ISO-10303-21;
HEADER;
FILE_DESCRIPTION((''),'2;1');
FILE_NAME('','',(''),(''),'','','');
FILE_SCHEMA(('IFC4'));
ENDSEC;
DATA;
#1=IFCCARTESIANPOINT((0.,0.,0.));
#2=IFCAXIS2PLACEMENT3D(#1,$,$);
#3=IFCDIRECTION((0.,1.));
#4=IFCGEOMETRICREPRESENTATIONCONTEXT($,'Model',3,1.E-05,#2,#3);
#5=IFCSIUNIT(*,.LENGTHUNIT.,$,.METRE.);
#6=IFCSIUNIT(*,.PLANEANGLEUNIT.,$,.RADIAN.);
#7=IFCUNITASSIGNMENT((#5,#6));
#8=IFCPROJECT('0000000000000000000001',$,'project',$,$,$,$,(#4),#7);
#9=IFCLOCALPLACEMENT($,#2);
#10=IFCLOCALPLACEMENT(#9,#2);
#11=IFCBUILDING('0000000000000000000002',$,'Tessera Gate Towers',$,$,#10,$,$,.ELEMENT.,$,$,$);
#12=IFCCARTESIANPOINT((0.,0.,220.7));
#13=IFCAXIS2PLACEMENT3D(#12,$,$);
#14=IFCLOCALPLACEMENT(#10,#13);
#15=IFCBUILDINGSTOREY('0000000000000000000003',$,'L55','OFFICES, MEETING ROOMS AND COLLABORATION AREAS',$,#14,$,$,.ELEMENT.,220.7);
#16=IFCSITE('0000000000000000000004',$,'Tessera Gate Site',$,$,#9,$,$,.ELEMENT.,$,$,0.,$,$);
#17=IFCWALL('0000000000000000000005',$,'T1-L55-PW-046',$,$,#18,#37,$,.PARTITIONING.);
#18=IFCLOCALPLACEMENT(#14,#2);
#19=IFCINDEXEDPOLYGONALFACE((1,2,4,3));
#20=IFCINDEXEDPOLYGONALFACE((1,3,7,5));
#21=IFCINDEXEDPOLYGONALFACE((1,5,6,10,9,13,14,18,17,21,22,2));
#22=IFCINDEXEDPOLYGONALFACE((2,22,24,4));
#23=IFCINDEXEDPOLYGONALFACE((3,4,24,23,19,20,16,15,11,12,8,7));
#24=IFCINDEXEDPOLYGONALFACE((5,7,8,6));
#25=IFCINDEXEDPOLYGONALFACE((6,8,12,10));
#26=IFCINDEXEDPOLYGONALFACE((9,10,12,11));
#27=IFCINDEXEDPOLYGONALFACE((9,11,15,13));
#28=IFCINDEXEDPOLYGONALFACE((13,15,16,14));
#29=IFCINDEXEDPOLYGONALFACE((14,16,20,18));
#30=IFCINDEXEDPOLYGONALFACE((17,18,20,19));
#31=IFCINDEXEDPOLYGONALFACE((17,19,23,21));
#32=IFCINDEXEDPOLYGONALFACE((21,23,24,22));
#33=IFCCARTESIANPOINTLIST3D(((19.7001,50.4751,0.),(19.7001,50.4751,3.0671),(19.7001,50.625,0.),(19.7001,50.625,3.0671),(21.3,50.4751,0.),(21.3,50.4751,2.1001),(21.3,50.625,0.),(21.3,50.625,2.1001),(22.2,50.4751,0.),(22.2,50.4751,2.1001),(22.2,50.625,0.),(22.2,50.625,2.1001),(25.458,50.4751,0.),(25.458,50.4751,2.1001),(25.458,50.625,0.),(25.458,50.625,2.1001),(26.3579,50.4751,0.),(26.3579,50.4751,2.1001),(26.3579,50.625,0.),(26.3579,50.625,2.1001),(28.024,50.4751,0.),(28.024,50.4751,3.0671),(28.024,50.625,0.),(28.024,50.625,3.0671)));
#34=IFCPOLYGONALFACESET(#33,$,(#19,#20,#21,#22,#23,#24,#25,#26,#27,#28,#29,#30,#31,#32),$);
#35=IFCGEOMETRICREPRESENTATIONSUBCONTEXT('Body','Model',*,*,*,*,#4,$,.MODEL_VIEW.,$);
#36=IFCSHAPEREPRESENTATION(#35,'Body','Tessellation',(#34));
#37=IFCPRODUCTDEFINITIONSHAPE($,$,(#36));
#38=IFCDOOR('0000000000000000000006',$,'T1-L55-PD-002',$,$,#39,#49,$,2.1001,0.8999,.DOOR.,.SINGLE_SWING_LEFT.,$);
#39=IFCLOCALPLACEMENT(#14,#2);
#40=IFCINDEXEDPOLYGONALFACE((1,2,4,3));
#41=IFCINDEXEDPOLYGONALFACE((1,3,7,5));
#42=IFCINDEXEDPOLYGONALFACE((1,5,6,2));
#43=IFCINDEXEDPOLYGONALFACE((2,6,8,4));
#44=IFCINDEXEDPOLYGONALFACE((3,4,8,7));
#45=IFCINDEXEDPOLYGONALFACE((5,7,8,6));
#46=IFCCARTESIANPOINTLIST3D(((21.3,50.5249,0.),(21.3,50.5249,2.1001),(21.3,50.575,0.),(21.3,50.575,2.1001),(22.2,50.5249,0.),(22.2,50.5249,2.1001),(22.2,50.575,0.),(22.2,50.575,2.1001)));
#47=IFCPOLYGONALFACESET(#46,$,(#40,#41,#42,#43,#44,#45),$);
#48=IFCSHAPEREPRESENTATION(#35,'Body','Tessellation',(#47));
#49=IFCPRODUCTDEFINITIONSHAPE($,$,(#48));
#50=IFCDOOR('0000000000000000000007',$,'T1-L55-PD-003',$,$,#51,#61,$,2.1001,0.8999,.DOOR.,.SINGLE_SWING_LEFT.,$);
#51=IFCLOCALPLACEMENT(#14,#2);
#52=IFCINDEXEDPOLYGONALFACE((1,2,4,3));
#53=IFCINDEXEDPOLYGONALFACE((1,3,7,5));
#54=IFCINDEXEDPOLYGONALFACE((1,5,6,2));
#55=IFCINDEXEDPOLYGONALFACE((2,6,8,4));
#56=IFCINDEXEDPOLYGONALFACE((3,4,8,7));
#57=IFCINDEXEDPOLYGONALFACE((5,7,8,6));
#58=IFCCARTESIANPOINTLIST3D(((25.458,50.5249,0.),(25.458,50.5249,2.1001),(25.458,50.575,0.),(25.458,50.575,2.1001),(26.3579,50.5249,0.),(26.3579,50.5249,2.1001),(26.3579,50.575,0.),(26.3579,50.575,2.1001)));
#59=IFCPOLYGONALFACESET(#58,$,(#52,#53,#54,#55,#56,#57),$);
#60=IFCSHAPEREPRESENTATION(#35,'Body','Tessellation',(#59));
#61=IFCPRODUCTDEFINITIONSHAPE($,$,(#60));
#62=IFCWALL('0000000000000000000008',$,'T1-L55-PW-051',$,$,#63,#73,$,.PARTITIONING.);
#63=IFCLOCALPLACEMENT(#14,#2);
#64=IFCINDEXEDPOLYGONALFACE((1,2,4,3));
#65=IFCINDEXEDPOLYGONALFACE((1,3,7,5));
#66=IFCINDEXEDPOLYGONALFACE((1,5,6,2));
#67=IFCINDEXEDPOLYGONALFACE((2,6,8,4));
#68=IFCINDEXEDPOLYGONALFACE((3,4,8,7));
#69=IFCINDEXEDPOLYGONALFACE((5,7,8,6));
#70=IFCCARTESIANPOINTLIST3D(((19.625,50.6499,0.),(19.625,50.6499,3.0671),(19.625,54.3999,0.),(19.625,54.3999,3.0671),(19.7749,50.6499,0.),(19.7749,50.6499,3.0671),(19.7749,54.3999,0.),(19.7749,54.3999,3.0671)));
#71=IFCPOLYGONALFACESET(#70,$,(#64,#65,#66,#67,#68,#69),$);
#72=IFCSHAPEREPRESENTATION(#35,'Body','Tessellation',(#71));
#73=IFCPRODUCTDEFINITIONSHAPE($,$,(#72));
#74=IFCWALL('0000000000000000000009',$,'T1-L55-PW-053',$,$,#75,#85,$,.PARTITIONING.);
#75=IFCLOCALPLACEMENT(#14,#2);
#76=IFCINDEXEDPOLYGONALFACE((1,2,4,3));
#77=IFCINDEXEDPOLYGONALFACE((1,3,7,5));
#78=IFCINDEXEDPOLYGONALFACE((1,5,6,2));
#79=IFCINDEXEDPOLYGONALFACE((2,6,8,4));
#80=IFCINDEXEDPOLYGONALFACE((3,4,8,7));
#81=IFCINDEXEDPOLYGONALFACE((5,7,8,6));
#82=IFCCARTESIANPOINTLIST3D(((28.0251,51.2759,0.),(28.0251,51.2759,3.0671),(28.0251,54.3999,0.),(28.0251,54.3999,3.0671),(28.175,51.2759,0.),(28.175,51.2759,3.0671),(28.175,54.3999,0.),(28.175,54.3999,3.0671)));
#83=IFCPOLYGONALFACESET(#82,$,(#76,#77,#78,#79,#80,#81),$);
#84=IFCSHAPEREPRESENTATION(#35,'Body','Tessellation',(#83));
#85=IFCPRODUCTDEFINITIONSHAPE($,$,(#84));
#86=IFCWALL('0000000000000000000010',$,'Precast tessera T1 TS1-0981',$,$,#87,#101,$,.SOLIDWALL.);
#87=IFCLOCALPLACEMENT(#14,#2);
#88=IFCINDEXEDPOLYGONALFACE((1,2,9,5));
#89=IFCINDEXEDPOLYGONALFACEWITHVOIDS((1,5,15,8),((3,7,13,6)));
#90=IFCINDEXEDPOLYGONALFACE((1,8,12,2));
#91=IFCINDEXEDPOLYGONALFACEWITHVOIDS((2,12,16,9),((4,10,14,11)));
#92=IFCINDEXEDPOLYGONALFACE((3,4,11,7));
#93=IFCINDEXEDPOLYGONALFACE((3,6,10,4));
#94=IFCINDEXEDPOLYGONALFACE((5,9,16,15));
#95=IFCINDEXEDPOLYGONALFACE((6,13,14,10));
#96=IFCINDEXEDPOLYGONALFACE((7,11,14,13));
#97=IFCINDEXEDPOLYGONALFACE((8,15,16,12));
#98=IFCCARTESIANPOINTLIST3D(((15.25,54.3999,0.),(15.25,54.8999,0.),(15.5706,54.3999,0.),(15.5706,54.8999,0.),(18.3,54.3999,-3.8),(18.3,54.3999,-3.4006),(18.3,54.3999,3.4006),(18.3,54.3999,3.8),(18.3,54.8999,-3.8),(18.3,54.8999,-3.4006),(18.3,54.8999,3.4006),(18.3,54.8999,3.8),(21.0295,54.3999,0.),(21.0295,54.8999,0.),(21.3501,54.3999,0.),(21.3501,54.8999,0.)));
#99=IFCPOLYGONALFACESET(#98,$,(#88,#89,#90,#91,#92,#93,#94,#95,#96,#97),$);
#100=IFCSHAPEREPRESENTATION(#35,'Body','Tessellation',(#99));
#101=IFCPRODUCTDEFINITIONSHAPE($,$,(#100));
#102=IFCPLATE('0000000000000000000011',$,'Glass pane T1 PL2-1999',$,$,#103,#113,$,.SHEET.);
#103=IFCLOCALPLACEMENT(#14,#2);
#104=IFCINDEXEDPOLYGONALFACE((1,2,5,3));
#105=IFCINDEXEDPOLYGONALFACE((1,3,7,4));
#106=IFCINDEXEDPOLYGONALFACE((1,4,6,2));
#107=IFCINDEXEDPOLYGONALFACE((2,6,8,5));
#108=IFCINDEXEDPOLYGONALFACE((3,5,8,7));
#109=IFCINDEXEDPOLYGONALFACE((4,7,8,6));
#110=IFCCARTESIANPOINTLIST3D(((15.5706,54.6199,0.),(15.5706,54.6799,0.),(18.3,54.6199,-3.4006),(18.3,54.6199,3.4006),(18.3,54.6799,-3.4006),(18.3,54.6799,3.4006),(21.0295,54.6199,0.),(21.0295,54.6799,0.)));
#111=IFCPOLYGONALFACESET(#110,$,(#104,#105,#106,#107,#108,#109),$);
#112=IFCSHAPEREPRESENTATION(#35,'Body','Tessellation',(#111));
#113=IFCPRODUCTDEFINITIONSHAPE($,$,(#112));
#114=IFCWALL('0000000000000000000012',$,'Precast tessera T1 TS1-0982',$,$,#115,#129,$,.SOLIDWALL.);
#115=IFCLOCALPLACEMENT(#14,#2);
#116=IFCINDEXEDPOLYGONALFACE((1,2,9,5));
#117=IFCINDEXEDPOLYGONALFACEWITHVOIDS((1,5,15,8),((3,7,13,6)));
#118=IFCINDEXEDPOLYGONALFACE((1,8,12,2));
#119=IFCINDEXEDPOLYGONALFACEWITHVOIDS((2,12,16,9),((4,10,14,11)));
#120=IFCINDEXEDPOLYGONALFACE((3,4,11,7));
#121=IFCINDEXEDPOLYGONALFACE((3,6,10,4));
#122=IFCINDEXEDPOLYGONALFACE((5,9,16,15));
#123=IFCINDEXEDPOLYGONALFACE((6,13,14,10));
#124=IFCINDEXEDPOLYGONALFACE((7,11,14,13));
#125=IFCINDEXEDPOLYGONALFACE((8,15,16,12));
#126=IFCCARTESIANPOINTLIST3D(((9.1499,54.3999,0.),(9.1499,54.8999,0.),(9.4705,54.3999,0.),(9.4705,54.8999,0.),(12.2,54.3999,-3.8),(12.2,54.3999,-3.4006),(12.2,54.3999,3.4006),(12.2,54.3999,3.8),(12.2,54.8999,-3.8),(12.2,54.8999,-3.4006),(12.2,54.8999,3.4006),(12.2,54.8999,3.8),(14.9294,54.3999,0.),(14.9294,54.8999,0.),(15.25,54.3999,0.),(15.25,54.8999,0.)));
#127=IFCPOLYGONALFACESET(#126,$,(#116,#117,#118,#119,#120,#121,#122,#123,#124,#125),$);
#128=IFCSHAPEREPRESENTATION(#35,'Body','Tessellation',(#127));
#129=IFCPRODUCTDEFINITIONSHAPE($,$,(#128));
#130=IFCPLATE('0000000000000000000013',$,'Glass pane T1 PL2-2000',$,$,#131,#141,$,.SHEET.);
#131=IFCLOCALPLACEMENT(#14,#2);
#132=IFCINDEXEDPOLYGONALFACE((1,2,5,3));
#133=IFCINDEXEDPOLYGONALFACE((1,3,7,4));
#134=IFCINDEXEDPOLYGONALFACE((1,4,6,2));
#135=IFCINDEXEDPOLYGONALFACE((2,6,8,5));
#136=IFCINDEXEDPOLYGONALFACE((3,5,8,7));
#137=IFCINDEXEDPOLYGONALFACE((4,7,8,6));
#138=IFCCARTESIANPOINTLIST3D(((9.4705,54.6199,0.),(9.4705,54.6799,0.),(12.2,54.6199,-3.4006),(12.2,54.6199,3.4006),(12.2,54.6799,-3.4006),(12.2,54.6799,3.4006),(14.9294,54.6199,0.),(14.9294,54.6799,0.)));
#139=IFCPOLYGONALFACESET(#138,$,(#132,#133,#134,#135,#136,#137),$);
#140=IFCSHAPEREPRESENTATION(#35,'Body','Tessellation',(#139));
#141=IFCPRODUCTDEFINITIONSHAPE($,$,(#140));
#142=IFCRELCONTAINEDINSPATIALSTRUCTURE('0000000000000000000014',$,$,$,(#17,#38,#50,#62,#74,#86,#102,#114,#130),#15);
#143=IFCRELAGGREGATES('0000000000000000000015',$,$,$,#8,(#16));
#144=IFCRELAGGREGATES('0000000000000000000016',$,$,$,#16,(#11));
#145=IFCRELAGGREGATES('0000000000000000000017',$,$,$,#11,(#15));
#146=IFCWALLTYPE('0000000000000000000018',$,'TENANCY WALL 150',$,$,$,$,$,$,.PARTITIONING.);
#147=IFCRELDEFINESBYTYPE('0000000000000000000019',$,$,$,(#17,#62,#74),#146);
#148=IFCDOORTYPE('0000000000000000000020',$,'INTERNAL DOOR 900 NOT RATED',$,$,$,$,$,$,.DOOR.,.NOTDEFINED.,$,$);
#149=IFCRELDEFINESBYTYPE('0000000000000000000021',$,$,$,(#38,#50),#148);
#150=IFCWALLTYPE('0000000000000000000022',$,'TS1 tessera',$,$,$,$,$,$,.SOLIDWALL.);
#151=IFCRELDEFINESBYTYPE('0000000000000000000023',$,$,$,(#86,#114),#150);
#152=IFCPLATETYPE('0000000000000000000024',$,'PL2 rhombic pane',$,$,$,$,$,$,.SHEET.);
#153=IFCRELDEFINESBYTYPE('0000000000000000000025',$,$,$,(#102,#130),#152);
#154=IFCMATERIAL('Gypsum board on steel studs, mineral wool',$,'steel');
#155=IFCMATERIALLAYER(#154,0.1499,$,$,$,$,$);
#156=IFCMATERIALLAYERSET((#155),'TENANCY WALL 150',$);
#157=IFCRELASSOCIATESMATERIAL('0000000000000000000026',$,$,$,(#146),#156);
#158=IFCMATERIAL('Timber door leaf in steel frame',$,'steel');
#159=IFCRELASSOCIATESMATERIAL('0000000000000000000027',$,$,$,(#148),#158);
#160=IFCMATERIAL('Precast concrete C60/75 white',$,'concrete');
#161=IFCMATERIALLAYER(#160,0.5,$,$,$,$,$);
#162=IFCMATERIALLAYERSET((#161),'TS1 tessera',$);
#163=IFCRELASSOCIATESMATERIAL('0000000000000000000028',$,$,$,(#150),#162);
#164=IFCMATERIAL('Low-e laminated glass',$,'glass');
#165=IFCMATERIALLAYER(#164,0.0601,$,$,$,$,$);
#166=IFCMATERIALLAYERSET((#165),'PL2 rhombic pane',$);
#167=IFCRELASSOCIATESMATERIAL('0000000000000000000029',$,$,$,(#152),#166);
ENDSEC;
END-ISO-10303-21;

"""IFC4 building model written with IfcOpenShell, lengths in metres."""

from ifc_helpers import new_model, si_unit, direction, frame, frame_2d, origin, place, context, subcontext, project, spatial, polyline, rectangle, outline, extrude, source, transform, mapped, material, layer, layer_set, type_object, element, fill, save


model = new_model("IFC4")

# Units and contexts
model_context = context("Model", 3, precision=1e-05, world=origin(), true_north=direction((0.0, 1.0)))
body_context = subcontext(model_context, "Body", "Model", "MODEL_VIEW")
ifc_project = project(units=[si_unit("LENGTHUNIT", "METRE"), si_unit("PLANEANGLEUNIT", "RADIAN")], contexts=[model_context])

# Site, building, storey
site_placement = place(None, origin())
site = spatial("IfcSite", under=ifc_project, at=site_placement, Name="Tessera Gate Site", CompositionType="ELEMENT", RefElevation=0.0)
building_placement = place(site_placement, origin())
building = spatial("IfcBuilding", under=site, at=building_placement, Name="Tessera Gate Towers", CompositionType="ELEMENT")
storey_placement = place(building_placement, frame((0.0, 0.0, 220.7)))
storey = spatial("IfcBuildingStorey", under=building, at=storey_placement, Name="L55", Description="OFFICES, MEETING ROOMS AND COLLABORATION AREAS", CompositionType="ELEMENT", Elevation=220.7)

# Shared definitions
shared_shape_1 = source(origin(), body_context, "Body", "SweptSolid", [
    extrude(rectangle(XDim=0.8999, YDim=2.1001, at=frame_2d((0.45, 1.05))), frame((0.0, 0.085, 0.0), z_axis=(0.0, -1.0, 0.0), x_axis=(1.0, 0.0, 0.0)), (0.0, 0.0, 1.0), 0.1699),
])
shared_shape_2 = source(origin(), body_context, "Body", "SweptSolid", [
    extrude(rectangle(XDim=0.8999, YDim=2.1001, at=frame_2d((0.45, 1.05))), frame((0.0, 0.0249, 0.0), z_axis=(0.0, -1.0, 0.0), x_axis=(1.0, 0.0, 0.0)), (0.0, 0.0, 1.0), 0.05),
])

# Wall, openings, doors
ifc_material_1 = material(Name="Gypsum board on steel studs, mineral wool", Category="steel")
ifc_layer_1 = layer(ifc_material_1, 0.1499)
ifc_layer_set_1 = layer_set([ifc_layer_1], Name="TENANCY WALL 150")
wall_type_1 = type_object("IfcWallType", Name="TENANCY WALL 150", PredefinedType="PARTITIONING", material=ifc_layer_set_1)
wall_1_placement = place(storey_placement, frame((19.7, 50.55, 0.0), z_axis=(0.0, 0.0, 1.0), x_axis=(1.0, 0.0, 0.0)))
wall_1 = element("IfcWall", 1, at=wall_1_placement, inside=storey, type_object=wall_type_1, Name="T1-L55-PW-046", PredefinedType="PARTITIONING", context=body_context, shape_type="SweptSolid", body=[
    extrude(rectangle(XDim=8.324, YDim=0.1499, at=frame_2d((4.1621, 0.0))), origin(), (0.0, 0.0, 1.0), 3.0671),
])
opening_1_placement = place(wall_1_placement, frame((1.6001, 0.0, 0.0)))
opening_1 = element("IfcOpeningElement", 2, at=opening_1_placement, cuts=wall_1, PredefinedType="OPENING", context=body_context, shape_type="MappedRepresentation", body=[
    mapped(shared_shape_1, transform((0.0, 0.0, 0.0), scale=1.0)),
])
opening_2_placement = place(wall_1_placement, frame((5.7581, 0.0, 0.0)))
opening_2 = element("IfcOpeningElement", 3, at=opening_2_placement, cuts=wall_1, PredefinedType="OPENING", context=body_context, shape_type="MappedRepresentation", body=[
    mapped(shared_shape_1, transform((0.0, 0.0, 0.0), scale=1.0)),
])
ifc_material_2 = material(Name="Timber door leaf in steel frame", Category="steel")
door_type_1 = type_object("IfcDoorType", Name="INTERNAL DOOR 900 NOT RATED", OperationType="NOTDEFINED", PredefinedType="DOOR", material=ifc_material_2)
door_1_placement = place(opening_1_placement, origin())
door_1 = element("IfcDoor", 4, at=door_1_placement, inside=storey, type_object=door_type_1, Name="T1-L55-PD-002", OperationType="SINGLE_SWING_LEFT", OverallHeight=2.1001, OverallWidth=0.8999, PredefinedType="DOOR", context=body_context, shape_type="MappedRepresentation", body=[
    mapped(shared_shape_2, transform((0.0, 0.0, 0.0), scale=1.0)),
])
fill(opening_1, door_1)
door_2_placement = place(opening_2_placement, origin())
door_2 = element("IfcDoor", 5, at=door_2_placement, inside=storey, type_object=door_type_1, Name="T1-L55-PD-003", OperationType="SINGLE_SWING_LEFT", OverallHeight=2.1001, OverallWidth=0.8999, PredefinedType="DOOR", context=body_context, shape_type="MappedRepresentation", body=[
    mapped(shared_shape_2, transform((0.0, 0.0, 0.0), scale=1.0)),
])
fill(opening_2, door_2)

# Walls
wall_2_placement = place(storey_placement, frame((19.7, 50.6499, 0.0), z_axis=(0.0, 0.0, 1.0), x_axis=(0.0, 1.0, 0.0)))
element("IfcWall", 6, at=wall_2_placement, inside=storey, type_object=wall_type_1, Name="T1-L55-PW-051", PredefinedType="PARTITIONING", context=body_context, shape_type="SweptSolid", body=[
    extrude(rectangle(XDim=3.75, YDim=0.1499, at=frame_2d((1.875, 0.0))), origin(), (0.0, 0.0, 1.0), 3.0671),
])
wall_3_placement = place(storey_placement, frame((28.1001, 51.2759, 0.0), z_axis=(0.0, 0.0, 1.0), x_axis=(0.0, 1.0, 0.0)))
element("IfcWall", 7, at=wall_3_placement, inside=storey, type_object=wall_type_1, Name="T1-L55-PW-053", PredefinedType="PARTITIONING", context=body_context, shape_type="SweptSolid", body=[
    extrude(rectangle(XDim=3.124, YDim=0.1499, at=frame_2d((1.562, 0.0))), origin(), (0.0, 0.0, 1.0), 3.0671),
])

# Walls, openings, plates
ifc_material_3 = material(Name="Precast concrete C60/75 white", Category="concrete")
ifc_layer_2 = layer(ifc_material_3, 0.5)
ifc_layer_set_2 = layer_set([ifc_layer_2], Name="TS1 tessera")
wall_type_2 = type_object("IfcWallType", Name="TS1 tessera", PredefinedType="SOLIDWALL", material=ifc_layer_set_2)
shared_shape_3 = source(origin(), body_context, "Body", "SweptSolid", [
    extrude(outline(polyline([(3.05, 0.0), (6.1001, 3.8), (3.05, 7.6001), (0.0, 3.8), (3.05, 0.0)])), frame((0.0, 0.25, 0.0), z_axis=(0.0, -1.0, 0.0), x_axis=(1.0, 0.0, 0.0)), (0.0, 0.0, 1.0), 0.5),
])
wall_4_placement = place(storey_placement, frame((21.3501, 54.6499, -3.8), z_axis=(0.0, 0.0, 1.0), x_axis=(-1.0, 0.0, 0.0)))
wall_4 = element("IfcWall", 8, at=wall_4_placement, inside=storey, type_object=wall_type_2, Name="Precast tessera T1 TS1-0981", PredefinedType="SOLIDWALL", context=body_context, shape_type="MappedRepresentation", body=[
    mapped(shared_shape_3, transform((0.0, 0.0, 0.0), scale=1.0)),
])
shared_shape_4 = source(origin(), body_context, "Body", "SweptSolid", [
    extrude(outline(polyline([(3.05, 0.3994), (5.7795, 3.8), (3.05, 7.2007), (0.3206, 3.8), (3.05, 0.3994)])), frame((0.0, 0.26, 0.0), z_axis=(0.0, -1.0, 0.0), x_axis=(1.0, 0.0, 0.0)), (0.0, 0.0, 1.0), 0.52),
])
opening_3_placement = place(wall_4_placement, origin())
opening_3 = element("IfcOpeningElement", 9, at=opening_3_placement, cuts=wall_4, PredefinedType="OPENING", context=body_context, shape_type="MappedRepresentation", body=[
    mapped(shared_shape_4, transform((0.0, 0.0, 0.0), scale=1.0)),
])
ifc_material_4 = material(Name="Low-e laminated glass", Category="glass")
ifc_layer_3 = layer(ifc_material_4, 0.0601)
ifc_layer_set_3 = layer_set([ifc_layer_3], Name="PL2 rhombic pane")
plate_type = type_object("IfcPlateType", Name="PL2 rhombic pane", PredefinedType="SHEET", material=ifc_layer_set_3)
shared_shape_5 = source(origin(), body_context, "Body", "SweptSolid", [
    extrude(outline(polyline([(3.05, 0.3994), (5.7795, 3.8), (3.05, 7.2007), (0.3206, 3.8), (3.05, 0.3994)])), frame((0.0, 0.03, 0.0), z_axis=(0.0, -1.0, 0.0), x_axis=(1.0, 0.0, 0.0)), (0.0, 0.0, 1.0), 0.0601),
])
plate_1_placement = place(opening_3_placement, origin())
plate_1 = element("IfcPlate", 10, at=plate_1_placement, inside=storey, type_object=plate_type, Name="Glass pane T1 PL2-1999", PredefinedType="SHEET", context=body_context, shape_type="MappedRepresentation", body=[
    mapped(shared_shape_5, transform((0.0, 0.0, 0.0), scale=1.0)),
])
fill(opening_3, plate_1)
wall_5_placement = place(storey_placement, frame((15.25, 54.6499, -3.8), z_axis=(0.0, 0.0, 1.0), x_axis=(-1.0, 0.0, 0.0)))
wall_5 = element("IfcWall", 11, at=wall_5_placement, inside=storey, type_object=wall_type_2, Name="Precast tessera T1 TS1-0982", PredefinedType="SOLIDWALL", context=body_context, shape_type="MappedRepresentation", body=[
    mapped(shared_shape_3, transform((0.0, 0.0, 0.0), scale=1.0)),
])
opening_4_placement = place(wall_5_placement, origin())
opening_4 = element("IfcOpeningElement", 12, at=opening_4_placement, cuts=wall_5, PredefinedType="OPENING", context=body_context, shape_type="MappedRepresentation", body=[
    mapped(shared_shape_4, transform((0.0, 0.0, 0.0), scale=1.0)),
])
plate_2_placement = place(opening_4_placement, origin())
plate_2 = element("IfcPlate", 13, at=plate_2_placement, inside=storey, type_object=plate_type, Name="Glass pane T1 PL2-2000", PredefinedType="SHEET", context=body_context, shape_type="MappedRepresentation", body=[
    mapped(shared_shape_5, transform((0.0, 0.0, 0.0), scale=1.0)),
])
fill(opening_4, plate_2)

save(model, "model.ifc")
